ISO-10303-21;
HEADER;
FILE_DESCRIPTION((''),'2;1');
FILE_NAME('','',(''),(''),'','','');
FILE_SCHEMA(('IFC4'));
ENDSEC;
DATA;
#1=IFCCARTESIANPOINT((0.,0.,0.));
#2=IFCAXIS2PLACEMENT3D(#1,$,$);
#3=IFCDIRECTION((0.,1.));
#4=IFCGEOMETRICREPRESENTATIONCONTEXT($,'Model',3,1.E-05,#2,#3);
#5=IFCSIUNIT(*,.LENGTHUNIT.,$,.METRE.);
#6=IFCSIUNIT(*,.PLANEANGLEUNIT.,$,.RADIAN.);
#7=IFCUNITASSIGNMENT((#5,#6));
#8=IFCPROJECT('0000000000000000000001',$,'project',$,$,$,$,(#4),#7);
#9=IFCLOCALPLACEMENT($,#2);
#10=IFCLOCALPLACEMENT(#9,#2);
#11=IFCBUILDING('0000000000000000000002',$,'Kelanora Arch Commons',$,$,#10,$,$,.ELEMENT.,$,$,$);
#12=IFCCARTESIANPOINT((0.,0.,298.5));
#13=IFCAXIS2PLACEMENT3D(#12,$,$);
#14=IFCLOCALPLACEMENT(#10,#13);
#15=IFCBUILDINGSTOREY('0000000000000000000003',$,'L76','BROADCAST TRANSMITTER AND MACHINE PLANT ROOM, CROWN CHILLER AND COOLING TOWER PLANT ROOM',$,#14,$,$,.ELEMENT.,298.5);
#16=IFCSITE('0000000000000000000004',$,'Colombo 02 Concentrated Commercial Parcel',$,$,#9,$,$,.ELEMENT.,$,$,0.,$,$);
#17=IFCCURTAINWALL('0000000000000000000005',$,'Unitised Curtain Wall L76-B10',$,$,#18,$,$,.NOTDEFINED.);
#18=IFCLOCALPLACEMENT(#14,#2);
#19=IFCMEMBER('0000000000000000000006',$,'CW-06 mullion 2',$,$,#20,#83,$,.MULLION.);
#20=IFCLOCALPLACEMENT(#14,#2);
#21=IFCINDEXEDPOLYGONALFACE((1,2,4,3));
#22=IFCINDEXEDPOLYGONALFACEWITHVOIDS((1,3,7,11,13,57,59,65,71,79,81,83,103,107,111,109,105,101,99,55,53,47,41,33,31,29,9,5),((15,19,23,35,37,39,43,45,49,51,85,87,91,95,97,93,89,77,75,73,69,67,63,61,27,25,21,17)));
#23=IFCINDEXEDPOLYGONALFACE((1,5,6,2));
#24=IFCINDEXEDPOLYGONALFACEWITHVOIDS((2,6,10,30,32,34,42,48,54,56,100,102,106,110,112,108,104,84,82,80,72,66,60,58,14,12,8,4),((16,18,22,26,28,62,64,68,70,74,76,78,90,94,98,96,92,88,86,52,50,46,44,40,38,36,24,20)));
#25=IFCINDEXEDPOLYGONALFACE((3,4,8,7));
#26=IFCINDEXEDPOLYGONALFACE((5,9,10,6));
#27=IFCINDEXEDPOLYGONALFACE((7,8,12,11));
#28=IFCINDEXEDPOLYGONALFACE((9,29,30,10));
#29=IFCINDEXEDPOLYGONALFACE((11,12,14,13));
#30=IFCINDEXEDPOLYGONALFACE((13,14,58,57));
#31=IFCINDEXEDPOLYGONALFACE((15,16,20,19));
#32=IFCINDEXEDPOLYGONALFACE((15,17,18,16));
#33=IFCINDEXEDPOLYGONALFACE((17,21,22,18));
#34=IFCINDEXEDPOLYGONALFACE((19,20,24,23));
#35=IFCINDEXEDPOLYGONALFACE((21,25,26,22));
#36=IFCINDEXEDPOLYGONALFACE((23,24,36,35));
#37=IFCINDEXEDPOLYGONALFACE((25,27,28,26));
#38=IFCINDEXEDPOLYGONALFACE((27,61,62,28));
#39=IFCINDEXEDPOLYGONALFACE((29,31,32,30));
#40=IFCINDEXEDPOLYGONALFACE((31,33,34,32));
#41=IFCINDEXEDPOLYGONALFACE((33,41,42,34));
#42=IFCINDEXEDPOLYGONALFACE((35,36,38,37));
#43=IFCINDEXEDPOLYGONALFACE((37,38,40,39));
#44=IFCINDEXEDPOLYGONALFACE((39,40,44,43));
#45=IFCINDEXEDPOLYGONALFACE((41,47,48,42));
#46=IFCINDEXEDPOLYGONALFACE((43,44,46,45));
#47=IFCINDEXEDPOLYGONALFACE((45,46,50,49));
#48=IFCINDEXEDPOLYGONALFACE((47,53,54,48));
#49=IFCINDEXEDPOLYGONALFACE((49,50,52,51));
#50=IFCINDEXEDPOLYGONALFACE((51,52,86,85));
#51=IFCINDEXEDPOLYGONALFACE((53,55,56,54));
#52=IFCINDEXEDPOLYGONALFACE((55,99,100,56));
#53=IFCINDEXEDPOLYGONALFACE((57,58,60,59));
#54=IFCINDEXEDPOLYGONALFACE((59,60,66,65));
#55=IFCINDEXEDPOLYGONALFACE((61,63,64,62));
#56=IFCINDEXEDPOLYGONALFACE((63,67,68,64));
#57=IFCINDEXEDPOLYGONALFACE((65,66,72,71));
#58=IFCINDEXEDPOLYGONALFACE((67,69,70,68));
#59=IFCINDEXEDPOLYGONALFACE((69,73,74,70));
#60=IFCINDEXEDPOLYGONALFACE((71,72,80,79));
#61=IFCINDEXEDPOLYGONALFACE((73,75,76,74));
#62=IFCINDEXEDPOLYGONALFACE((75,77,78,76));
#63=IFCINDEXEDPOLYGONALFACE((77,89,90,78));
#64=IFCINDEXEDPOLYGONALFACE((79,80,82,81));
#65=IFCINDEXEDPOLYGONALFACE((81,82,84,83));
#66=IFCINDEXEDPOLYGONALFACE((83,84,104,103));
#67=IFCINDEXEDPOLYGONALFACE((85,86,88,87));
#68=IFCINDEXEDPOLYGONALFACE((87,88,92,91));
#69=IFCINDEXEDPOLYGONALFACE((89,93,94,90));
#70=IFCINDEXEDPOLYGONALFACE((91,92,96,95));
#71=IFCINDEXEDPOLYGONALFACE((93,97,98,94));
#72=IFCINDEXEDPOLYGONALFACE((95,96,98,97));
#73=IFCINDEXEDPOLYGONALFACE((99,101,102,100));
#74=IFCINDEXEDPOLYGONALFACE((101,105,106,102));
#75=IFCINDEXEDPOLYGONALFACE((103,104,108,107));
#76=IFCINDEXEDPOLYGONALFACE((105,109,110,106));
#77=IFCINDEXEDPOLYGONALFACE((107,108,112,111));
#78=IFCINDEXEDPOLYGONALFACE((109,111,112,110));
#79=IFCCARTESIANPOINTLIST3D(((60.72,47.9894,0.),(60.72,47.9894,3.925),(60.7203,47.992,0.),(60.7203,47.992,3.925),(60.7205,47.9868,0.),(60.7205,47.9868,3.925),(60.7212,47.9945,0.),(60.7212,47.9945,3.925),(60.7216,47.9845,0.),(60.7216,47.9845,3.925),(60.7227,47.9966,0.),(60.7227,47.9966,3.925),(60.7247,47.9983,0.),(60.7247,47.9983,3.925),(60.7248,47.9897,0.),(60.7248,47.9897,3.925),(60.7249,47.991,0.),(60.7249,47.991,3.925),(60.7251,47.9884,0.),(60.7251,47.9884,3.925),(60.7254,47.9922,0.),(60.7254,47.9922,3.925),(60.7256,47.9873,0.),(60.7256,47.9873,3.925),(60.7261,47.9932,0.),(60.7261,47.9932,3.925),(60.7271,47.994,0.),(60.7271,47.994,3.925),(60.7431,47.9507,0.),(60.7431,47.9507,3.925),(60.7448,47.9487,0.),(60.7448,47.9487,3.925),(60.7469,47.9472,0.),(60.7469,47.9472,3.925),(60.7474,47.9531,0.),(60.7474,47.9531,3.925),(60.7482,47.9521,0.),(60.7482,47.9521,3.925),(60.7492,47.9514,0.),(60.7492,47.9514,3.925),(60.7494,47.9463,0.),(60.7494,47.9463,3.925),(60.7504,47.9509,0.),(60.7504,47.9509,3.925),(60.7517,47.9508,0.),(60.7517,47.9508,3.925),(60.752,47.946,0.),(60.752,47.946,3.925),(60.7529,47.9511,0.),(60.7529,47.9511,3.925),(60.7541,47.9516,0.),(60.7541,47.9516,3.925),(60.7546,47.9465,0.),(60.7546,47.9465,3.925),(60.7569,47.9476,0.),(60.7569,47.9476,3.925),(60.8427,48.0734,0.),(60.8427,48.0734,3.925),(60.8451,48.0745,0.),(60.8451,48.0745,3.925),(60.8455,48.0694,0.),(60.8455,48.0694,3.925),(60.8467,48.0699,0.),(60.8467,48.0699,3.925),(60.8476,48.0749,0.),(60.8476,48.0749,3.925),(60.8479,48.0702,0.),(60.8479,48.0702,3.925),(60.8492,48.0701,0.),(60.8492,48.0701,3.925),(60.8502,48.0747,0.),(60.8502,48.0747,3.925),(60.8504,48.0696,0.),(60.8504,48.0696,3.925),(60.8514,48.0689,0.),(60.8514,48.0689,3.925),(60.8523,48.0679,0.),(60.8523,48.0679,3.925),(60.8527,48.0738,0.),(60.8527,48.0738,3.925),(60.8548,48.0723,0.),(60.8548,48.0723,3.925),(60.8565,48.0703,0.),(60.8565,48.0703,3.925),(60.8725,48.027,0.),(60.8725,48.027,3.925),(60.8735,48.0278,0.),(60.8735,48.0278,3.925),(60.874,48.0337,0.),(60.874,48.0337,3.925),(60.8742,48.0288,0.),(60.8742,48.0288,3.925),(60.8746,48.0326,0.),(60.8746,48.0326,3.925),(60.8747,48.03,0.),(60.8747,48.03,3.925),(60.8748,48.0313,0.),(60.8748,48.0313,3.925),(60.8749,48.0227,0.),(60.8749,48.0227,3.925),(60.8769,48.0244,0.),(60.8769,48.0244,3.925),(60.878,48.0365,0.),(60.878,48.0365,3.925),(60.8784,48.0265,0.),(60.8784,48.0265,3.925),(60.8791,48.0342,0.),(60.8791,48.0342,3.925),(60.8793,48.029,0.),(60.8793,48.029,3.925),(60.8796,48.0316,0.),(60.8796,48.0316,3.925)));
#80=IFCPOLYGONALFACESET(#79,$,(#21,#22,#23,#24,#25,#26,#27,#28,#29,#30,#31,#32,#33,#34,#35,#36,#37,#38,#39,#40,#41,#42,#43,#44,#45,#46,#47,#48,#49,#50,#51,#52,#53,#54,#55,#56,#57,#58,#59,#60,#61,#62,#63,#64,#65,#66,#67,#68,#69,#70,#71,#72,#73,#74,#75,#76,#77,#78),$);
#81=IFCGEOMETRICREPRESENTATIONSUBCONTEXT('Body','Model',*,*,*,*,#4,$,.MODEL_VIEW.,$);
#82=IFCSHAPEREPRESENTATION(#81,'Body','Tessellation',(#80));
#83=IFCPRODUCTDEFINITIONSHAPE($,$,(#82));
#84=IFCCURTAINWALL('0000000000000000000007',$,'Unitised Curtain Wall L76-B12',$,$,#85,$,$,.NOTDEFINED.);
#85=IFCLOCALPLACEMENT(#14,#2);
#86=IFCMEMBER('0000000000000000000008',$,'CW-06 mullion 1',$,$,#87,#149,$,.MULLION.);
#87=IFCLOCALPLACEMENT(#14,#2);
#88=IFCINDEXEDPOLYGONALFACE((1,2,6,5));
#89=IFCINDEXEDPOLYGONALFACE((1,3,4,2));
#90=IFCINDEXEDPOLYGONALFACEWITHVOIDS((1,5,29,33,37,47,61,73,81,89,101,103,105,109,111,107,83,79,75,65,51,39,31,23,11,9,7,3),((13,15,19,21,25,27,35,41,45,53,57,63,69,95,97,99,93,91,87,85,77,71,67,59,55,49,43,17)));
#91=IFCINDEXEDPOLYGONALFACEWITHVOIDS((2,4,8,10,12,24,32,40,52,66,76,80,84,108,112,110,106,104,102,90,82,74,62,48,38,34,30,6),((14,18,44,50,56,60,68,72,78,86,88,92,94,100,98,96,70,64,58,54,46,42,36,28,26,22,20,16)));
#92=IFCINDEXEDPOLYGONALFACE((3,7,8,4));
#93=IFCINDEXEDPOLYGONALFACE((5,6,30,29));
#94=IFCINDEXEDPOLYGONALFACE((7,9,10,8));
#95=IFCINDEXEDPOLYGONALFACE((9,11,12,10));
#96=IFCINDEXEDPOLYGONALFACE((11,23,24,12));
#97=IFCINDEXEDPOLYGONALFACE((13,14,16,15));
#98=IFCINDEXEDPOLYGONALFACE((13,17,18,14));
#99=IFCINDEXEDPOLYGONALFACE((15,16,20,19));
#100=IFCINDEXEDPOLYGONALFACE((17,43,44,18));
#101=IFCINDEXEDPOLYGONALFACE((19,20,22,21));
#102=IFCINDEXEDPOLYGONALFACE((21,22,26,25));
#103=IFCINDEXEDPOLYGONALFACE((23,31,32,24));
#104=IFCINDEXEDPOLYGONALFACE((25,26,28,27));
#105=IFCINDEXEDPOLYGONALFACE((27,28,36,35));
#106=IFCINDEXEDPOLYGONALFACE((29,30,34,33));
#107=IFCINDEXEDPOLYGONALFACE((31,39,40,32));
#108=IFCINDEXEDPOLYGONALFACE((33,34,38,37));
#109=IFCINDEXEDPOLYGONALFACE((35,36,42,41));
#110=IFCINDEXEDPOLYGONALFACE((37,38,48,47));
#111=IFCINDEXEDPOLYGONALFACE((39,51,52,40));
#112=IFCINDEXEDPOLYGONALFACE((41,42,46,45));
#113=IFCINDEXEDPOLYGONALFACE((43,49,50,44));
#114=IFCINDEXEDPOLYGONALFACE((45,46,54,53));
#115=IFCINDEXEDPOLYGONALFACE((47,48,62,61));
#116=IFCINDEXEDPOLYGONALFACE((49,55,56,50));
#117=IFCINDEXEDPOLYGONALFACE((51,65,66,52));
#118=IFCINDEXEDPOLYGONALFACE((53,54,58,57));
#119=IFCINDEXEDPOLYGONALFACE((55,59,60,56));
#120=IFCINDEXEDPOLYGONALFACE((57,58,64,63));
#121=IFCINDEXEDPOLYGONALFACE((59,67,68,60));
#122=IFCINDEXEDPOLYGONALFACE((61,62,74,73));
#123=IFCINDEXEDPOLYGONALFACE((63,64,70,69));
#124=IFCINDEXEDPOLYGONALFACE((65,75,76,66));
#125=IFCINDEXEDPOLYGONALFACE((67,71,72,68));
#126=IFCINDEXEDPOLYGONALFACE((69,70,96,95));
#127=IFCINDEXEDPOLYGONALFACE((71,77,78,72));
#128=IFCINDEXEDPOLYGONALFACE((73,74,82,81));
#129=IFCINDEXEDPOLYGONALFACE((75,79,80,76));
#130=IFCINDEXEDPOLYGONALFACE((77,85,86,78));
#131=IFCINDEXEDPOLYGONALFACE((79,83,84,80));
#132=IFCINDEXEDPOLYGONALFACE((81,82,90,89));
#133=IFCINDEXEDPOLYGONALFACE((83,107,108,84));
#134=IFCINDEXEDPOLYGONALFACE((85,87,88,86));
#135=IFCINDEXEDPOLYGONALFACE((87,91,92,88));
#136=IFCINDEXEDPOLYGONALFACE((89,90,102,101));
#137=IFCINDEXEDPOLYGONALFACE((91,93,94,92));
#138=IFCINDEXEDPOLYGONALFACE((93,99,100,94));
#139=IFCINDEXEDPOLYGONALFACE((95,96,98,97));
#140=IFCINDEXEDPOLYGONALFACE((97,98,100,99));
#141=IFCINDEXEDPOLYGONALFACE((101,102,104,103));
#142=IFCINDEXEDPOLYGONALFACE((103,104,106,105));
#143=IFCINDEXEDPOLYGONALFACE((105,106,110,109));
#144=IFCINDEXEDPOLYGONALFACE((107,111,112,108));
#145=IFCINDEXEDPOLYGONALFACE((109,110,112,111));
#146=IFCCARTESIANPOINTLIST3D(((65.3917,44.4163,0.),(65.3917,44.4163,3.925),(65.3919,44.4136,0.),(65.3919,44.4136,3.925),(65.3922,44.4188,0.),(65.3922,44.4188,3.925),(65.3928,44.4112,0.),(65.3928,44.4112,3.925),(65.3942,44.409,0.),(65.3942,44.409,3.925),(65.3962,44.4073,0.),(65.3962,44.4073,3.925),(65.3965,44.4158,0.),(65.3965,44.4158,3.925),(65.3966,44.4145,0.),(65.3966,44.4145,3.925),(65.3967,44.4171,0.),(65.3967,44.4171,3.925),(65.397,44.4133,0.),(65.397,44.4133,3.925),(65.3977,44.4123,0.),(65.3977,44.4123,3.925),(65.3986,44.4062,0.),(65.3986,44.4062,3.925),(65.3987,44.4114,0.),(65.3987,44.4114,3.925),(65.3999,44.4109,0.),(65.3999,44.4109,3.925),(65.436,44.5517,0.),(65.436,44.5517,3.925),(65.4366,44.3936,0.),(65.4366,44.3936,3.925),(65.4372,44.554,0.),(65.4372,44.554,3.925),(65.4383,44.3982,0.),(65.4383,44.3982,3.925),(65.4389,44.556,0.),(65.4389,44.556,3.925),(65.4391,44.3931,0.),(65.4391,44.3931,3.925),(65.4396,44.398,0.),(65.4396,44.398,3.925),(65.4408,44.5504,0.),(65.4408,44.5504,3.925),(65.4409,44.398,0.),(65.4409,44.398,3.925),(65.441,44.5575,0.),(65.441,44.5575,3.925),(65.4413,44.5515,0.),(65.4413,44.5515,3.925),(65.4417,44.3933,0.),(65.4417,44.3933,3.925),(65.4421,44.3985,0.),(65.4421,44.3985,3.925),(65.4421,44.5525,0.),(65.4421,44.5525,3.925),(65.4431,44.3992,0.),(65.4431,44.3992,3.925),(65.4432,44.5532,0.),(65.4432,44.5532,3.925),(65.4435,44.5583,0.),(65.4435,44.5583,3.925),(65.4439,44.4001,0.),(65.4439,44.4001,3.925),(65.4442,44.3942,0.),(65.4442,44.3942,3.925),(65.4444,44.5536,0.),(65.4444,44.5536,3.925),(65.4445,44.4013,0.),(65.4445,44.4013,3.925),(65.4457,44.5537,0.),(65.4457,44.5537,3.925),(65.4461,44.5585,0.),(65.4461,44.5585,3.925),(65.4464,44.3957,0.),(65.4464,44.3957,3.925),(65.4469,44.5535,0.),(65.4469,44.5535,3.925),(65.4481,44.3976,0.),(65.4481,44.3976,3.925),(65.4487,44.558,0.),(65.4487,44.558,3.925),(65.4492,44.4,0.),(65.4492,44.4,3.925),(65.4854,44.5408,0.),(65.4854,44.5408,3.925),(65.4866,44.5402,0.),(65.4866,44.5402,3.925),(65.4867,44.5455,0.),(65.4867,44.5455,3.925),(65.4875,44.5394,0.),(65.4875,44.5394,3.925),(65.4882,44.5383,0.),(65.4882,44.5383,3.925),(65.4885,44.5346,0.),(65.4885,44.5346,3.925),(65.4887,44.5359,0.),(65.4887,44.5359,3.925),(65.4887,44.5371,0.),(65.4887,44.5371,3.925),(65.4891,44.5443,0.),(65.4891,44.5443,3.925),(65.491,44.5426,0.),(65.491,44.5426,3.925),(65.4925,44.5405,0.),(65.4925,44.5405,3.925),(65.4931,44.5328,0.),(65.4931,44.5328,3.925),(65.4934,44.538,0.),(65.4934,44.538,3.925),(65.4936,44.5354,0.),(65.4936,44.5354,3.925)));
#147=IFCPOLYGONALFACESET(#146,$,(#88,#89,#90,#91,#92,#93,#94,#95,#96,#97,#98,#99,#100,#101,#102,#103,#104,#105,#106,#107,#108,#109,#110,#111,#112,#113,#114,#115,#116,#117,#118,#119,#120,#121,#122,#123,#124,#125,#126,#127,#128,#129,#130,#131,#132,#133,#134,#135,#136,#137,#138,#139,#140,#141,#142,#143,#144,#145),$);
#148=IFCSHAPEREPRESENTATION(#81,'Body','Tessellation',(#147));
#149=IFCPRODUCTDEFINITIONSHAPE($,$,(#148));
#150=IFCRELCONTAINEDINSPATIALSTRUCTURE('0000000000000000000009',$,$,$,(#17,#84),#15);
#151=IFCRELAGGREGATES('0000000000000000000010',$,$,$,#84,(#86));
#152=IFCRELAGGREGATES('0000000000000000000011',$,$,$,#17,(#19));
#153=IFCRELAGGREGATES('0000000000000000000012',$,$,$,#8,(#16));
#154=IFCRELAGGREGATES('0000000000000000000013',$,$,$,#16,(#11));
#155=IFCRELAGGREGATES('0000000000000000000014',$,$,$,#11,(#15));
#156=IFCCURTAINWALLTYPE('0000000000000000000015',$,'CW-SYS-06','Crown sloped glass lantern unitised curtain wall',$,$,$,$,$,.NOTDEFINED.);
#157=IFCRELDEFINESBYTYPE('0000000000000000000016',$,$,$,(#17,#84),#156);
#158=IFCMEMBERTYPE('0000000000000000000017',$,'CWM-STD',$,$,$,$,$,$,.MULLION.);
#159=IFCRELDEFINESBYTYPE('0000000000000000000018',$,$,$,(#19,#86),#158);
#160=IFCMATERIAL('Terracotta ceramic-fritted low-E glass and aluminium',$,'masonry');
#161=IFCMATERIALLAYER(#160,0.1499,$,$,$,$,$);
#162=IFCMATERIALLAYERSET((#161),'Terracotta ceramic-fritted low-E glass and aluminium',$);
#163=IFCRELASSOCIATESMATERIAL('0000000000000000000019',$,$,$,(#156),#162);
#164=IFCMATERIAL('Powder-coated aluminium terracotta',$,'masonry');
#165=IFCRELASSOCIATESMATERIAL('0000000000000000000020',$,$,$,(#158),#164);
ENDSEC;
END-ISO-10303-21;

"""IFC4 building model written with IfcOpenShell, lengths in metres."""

from ifc_helpers import new_model, si_unit, direction, frame, origin, origin_2d, place, context, subcontext, project, spatial, hollow_rectangle, extrude, material, layer, layer_set, material_profile, profile_set, type_object, element, aggregate, save


model = new_model("IFC4")

# Units and contexts
model_context = context("Model", 3, precision=1e-05, world=origin(), true_north=direction((0.0, 1.0)))
body_context = subcontext(model_context, "Body", "Model", "MODEL_VIEW")
ifc_project = project(units=[si_unit("LENGTHUNIT", "METRE"), si_unit("PLANEANGLEUNIT", "RADIAN")], contexts=[model_context])

# Site, building, storey
site_placement = place(None, origin())
site = spatial("IfcSite", under=ifc_project, at=site_placement, Name="Colombo 02 Concentrated Commercial Parcel", CompositionType="ELEMENT", RefElevation=0.0)
building_placement = place(site_placement, origin())
building = spatial("IfcBuilding", under=site, at=building_placement, Name="Kelanora Arch Commons", CompositionType="ELEMENT")
storey_placement = place(building_placement, frame((0.0, 0.0, 298.5)))
storey = spatial("IfcBuildingStorey", under=building, at=storey_placement, Name="L76", Description="BROADCAST TRANSMITTER AND MACHINE PLANT ROOM, CROWN CHILLER AND COOLING TOWER PLANT ROOM", CompositionType="ELEMENT", Elevation=298.5)

# Curtain wall, member
ifc_material_1 = material(Name="Terracotta ceramic-fritted low-E glass and aluminium", Category="masonry")
ifc_layer_1 = layer(ifc_material_1, 0.1499)
ifc_layer_set_1 = layer_set([ifc_layer_1], Name="Terracotta ceramic-fritted low-E glass and aluminium")
curtain_wall_type = type_object("IfcCurtainWallType", Name="CW-SYS-06", Description="Crown sloped glass lantern unitised curtain wall", PredefinedType="NOTDEFINED", material=ifc_layer_set_1)
curtain_wall_1_placement = place(storey_placement, origin())
curtain_wall_1 = element("IfcCurtainWall", 1, at=curtain_wall_1_placement, inside=storey, type_object=curtain_wall_type, Name="Unitised Curtain Wall L76-B10", PredefinedType="NOTDEFINED")
ifc_material_2 = material(Name="Powder-coated aluminium terracotta", Category="masonry")
ifc_material_profile_1 = material_profile(ifc_material_2, hollow_rectangle(XDim=0.1599, YDim=0.0601, WallThickness=0.0049, InnerFilletRadius=0.0049, OuterFilletRadius=0.01, at=origin_2d()), Name="CWM160x60")
ifc_profile_set_1 = profile_set([ifc_material_profile_1], Name="Powder-coated aluminium terracotta")
member_type_1 = type_object("IfcMemberType", Name="CWM-STD", PredefinedType="MULLION", material=ifc_profile_set_1)
member_1_placement = place(storey_placement, frame((60.7998, 48.0105, 0.0), z_axis=(0.0, 0.0, 1.0), x_axis=(0.843592, 0.536984, 0.0)))
member_1 = element("IfcMember", 2, at=member_1_placement, type_object=member_type_1, Name="CW-06 mullion 2", PredefinedType="MULLION", context=body_context, shape_type="SweptSolid", body=[
    extrude(hollow_rectangle(XDim=0.1599, YDim=0.0601, WallThickness=0.0049, InnerFilletRadius=0.0049, OuterFilletRadius=0.01, at=origin_2d()), origin(), (0.0, 0.0, 1.0), 3.925),
])

# Curtain wall, member
curtain_wall_2_placement = place(storey_placement, origin())
curtain_wall_2 = element("IfcCurtainWall", 3, at=curtain_wall_2_placement, inside=storey, type_object=curtain_wall_type, Name="Unitised Curtain Wall L76-B12", PredefinedType="NOTDEFINED")
member_2_placement = place(storey_placement, frame((65.4426, 44.4758, 0.0), z_axis=(0.0, 0.0, 1.0), x_axis=(0.313467, 0.949599, 0.0)))
member_2 = element("IfcMember", 4, at=member_2_placement, type_object=member_type_1, Name="CW-06 mullion 1", PredefinedType="MULLION", context=body_context, shape_type="SweptSolid", body=[
    extrude(hollow_rectangle(XDim=0.1599, YDim=0.0601, WallThickness=0.0049, InnerFilletRadius=0.0049, OuterFilletRadius=0.01, at=origin_2d()), origin(), (0.0, 0.0, 1.0), 3.925),
])
aggregate(curtain_wall_2, [member_2])

aggregate(curtain_wall_1, [member_1])

save(model, "model.ifc")
